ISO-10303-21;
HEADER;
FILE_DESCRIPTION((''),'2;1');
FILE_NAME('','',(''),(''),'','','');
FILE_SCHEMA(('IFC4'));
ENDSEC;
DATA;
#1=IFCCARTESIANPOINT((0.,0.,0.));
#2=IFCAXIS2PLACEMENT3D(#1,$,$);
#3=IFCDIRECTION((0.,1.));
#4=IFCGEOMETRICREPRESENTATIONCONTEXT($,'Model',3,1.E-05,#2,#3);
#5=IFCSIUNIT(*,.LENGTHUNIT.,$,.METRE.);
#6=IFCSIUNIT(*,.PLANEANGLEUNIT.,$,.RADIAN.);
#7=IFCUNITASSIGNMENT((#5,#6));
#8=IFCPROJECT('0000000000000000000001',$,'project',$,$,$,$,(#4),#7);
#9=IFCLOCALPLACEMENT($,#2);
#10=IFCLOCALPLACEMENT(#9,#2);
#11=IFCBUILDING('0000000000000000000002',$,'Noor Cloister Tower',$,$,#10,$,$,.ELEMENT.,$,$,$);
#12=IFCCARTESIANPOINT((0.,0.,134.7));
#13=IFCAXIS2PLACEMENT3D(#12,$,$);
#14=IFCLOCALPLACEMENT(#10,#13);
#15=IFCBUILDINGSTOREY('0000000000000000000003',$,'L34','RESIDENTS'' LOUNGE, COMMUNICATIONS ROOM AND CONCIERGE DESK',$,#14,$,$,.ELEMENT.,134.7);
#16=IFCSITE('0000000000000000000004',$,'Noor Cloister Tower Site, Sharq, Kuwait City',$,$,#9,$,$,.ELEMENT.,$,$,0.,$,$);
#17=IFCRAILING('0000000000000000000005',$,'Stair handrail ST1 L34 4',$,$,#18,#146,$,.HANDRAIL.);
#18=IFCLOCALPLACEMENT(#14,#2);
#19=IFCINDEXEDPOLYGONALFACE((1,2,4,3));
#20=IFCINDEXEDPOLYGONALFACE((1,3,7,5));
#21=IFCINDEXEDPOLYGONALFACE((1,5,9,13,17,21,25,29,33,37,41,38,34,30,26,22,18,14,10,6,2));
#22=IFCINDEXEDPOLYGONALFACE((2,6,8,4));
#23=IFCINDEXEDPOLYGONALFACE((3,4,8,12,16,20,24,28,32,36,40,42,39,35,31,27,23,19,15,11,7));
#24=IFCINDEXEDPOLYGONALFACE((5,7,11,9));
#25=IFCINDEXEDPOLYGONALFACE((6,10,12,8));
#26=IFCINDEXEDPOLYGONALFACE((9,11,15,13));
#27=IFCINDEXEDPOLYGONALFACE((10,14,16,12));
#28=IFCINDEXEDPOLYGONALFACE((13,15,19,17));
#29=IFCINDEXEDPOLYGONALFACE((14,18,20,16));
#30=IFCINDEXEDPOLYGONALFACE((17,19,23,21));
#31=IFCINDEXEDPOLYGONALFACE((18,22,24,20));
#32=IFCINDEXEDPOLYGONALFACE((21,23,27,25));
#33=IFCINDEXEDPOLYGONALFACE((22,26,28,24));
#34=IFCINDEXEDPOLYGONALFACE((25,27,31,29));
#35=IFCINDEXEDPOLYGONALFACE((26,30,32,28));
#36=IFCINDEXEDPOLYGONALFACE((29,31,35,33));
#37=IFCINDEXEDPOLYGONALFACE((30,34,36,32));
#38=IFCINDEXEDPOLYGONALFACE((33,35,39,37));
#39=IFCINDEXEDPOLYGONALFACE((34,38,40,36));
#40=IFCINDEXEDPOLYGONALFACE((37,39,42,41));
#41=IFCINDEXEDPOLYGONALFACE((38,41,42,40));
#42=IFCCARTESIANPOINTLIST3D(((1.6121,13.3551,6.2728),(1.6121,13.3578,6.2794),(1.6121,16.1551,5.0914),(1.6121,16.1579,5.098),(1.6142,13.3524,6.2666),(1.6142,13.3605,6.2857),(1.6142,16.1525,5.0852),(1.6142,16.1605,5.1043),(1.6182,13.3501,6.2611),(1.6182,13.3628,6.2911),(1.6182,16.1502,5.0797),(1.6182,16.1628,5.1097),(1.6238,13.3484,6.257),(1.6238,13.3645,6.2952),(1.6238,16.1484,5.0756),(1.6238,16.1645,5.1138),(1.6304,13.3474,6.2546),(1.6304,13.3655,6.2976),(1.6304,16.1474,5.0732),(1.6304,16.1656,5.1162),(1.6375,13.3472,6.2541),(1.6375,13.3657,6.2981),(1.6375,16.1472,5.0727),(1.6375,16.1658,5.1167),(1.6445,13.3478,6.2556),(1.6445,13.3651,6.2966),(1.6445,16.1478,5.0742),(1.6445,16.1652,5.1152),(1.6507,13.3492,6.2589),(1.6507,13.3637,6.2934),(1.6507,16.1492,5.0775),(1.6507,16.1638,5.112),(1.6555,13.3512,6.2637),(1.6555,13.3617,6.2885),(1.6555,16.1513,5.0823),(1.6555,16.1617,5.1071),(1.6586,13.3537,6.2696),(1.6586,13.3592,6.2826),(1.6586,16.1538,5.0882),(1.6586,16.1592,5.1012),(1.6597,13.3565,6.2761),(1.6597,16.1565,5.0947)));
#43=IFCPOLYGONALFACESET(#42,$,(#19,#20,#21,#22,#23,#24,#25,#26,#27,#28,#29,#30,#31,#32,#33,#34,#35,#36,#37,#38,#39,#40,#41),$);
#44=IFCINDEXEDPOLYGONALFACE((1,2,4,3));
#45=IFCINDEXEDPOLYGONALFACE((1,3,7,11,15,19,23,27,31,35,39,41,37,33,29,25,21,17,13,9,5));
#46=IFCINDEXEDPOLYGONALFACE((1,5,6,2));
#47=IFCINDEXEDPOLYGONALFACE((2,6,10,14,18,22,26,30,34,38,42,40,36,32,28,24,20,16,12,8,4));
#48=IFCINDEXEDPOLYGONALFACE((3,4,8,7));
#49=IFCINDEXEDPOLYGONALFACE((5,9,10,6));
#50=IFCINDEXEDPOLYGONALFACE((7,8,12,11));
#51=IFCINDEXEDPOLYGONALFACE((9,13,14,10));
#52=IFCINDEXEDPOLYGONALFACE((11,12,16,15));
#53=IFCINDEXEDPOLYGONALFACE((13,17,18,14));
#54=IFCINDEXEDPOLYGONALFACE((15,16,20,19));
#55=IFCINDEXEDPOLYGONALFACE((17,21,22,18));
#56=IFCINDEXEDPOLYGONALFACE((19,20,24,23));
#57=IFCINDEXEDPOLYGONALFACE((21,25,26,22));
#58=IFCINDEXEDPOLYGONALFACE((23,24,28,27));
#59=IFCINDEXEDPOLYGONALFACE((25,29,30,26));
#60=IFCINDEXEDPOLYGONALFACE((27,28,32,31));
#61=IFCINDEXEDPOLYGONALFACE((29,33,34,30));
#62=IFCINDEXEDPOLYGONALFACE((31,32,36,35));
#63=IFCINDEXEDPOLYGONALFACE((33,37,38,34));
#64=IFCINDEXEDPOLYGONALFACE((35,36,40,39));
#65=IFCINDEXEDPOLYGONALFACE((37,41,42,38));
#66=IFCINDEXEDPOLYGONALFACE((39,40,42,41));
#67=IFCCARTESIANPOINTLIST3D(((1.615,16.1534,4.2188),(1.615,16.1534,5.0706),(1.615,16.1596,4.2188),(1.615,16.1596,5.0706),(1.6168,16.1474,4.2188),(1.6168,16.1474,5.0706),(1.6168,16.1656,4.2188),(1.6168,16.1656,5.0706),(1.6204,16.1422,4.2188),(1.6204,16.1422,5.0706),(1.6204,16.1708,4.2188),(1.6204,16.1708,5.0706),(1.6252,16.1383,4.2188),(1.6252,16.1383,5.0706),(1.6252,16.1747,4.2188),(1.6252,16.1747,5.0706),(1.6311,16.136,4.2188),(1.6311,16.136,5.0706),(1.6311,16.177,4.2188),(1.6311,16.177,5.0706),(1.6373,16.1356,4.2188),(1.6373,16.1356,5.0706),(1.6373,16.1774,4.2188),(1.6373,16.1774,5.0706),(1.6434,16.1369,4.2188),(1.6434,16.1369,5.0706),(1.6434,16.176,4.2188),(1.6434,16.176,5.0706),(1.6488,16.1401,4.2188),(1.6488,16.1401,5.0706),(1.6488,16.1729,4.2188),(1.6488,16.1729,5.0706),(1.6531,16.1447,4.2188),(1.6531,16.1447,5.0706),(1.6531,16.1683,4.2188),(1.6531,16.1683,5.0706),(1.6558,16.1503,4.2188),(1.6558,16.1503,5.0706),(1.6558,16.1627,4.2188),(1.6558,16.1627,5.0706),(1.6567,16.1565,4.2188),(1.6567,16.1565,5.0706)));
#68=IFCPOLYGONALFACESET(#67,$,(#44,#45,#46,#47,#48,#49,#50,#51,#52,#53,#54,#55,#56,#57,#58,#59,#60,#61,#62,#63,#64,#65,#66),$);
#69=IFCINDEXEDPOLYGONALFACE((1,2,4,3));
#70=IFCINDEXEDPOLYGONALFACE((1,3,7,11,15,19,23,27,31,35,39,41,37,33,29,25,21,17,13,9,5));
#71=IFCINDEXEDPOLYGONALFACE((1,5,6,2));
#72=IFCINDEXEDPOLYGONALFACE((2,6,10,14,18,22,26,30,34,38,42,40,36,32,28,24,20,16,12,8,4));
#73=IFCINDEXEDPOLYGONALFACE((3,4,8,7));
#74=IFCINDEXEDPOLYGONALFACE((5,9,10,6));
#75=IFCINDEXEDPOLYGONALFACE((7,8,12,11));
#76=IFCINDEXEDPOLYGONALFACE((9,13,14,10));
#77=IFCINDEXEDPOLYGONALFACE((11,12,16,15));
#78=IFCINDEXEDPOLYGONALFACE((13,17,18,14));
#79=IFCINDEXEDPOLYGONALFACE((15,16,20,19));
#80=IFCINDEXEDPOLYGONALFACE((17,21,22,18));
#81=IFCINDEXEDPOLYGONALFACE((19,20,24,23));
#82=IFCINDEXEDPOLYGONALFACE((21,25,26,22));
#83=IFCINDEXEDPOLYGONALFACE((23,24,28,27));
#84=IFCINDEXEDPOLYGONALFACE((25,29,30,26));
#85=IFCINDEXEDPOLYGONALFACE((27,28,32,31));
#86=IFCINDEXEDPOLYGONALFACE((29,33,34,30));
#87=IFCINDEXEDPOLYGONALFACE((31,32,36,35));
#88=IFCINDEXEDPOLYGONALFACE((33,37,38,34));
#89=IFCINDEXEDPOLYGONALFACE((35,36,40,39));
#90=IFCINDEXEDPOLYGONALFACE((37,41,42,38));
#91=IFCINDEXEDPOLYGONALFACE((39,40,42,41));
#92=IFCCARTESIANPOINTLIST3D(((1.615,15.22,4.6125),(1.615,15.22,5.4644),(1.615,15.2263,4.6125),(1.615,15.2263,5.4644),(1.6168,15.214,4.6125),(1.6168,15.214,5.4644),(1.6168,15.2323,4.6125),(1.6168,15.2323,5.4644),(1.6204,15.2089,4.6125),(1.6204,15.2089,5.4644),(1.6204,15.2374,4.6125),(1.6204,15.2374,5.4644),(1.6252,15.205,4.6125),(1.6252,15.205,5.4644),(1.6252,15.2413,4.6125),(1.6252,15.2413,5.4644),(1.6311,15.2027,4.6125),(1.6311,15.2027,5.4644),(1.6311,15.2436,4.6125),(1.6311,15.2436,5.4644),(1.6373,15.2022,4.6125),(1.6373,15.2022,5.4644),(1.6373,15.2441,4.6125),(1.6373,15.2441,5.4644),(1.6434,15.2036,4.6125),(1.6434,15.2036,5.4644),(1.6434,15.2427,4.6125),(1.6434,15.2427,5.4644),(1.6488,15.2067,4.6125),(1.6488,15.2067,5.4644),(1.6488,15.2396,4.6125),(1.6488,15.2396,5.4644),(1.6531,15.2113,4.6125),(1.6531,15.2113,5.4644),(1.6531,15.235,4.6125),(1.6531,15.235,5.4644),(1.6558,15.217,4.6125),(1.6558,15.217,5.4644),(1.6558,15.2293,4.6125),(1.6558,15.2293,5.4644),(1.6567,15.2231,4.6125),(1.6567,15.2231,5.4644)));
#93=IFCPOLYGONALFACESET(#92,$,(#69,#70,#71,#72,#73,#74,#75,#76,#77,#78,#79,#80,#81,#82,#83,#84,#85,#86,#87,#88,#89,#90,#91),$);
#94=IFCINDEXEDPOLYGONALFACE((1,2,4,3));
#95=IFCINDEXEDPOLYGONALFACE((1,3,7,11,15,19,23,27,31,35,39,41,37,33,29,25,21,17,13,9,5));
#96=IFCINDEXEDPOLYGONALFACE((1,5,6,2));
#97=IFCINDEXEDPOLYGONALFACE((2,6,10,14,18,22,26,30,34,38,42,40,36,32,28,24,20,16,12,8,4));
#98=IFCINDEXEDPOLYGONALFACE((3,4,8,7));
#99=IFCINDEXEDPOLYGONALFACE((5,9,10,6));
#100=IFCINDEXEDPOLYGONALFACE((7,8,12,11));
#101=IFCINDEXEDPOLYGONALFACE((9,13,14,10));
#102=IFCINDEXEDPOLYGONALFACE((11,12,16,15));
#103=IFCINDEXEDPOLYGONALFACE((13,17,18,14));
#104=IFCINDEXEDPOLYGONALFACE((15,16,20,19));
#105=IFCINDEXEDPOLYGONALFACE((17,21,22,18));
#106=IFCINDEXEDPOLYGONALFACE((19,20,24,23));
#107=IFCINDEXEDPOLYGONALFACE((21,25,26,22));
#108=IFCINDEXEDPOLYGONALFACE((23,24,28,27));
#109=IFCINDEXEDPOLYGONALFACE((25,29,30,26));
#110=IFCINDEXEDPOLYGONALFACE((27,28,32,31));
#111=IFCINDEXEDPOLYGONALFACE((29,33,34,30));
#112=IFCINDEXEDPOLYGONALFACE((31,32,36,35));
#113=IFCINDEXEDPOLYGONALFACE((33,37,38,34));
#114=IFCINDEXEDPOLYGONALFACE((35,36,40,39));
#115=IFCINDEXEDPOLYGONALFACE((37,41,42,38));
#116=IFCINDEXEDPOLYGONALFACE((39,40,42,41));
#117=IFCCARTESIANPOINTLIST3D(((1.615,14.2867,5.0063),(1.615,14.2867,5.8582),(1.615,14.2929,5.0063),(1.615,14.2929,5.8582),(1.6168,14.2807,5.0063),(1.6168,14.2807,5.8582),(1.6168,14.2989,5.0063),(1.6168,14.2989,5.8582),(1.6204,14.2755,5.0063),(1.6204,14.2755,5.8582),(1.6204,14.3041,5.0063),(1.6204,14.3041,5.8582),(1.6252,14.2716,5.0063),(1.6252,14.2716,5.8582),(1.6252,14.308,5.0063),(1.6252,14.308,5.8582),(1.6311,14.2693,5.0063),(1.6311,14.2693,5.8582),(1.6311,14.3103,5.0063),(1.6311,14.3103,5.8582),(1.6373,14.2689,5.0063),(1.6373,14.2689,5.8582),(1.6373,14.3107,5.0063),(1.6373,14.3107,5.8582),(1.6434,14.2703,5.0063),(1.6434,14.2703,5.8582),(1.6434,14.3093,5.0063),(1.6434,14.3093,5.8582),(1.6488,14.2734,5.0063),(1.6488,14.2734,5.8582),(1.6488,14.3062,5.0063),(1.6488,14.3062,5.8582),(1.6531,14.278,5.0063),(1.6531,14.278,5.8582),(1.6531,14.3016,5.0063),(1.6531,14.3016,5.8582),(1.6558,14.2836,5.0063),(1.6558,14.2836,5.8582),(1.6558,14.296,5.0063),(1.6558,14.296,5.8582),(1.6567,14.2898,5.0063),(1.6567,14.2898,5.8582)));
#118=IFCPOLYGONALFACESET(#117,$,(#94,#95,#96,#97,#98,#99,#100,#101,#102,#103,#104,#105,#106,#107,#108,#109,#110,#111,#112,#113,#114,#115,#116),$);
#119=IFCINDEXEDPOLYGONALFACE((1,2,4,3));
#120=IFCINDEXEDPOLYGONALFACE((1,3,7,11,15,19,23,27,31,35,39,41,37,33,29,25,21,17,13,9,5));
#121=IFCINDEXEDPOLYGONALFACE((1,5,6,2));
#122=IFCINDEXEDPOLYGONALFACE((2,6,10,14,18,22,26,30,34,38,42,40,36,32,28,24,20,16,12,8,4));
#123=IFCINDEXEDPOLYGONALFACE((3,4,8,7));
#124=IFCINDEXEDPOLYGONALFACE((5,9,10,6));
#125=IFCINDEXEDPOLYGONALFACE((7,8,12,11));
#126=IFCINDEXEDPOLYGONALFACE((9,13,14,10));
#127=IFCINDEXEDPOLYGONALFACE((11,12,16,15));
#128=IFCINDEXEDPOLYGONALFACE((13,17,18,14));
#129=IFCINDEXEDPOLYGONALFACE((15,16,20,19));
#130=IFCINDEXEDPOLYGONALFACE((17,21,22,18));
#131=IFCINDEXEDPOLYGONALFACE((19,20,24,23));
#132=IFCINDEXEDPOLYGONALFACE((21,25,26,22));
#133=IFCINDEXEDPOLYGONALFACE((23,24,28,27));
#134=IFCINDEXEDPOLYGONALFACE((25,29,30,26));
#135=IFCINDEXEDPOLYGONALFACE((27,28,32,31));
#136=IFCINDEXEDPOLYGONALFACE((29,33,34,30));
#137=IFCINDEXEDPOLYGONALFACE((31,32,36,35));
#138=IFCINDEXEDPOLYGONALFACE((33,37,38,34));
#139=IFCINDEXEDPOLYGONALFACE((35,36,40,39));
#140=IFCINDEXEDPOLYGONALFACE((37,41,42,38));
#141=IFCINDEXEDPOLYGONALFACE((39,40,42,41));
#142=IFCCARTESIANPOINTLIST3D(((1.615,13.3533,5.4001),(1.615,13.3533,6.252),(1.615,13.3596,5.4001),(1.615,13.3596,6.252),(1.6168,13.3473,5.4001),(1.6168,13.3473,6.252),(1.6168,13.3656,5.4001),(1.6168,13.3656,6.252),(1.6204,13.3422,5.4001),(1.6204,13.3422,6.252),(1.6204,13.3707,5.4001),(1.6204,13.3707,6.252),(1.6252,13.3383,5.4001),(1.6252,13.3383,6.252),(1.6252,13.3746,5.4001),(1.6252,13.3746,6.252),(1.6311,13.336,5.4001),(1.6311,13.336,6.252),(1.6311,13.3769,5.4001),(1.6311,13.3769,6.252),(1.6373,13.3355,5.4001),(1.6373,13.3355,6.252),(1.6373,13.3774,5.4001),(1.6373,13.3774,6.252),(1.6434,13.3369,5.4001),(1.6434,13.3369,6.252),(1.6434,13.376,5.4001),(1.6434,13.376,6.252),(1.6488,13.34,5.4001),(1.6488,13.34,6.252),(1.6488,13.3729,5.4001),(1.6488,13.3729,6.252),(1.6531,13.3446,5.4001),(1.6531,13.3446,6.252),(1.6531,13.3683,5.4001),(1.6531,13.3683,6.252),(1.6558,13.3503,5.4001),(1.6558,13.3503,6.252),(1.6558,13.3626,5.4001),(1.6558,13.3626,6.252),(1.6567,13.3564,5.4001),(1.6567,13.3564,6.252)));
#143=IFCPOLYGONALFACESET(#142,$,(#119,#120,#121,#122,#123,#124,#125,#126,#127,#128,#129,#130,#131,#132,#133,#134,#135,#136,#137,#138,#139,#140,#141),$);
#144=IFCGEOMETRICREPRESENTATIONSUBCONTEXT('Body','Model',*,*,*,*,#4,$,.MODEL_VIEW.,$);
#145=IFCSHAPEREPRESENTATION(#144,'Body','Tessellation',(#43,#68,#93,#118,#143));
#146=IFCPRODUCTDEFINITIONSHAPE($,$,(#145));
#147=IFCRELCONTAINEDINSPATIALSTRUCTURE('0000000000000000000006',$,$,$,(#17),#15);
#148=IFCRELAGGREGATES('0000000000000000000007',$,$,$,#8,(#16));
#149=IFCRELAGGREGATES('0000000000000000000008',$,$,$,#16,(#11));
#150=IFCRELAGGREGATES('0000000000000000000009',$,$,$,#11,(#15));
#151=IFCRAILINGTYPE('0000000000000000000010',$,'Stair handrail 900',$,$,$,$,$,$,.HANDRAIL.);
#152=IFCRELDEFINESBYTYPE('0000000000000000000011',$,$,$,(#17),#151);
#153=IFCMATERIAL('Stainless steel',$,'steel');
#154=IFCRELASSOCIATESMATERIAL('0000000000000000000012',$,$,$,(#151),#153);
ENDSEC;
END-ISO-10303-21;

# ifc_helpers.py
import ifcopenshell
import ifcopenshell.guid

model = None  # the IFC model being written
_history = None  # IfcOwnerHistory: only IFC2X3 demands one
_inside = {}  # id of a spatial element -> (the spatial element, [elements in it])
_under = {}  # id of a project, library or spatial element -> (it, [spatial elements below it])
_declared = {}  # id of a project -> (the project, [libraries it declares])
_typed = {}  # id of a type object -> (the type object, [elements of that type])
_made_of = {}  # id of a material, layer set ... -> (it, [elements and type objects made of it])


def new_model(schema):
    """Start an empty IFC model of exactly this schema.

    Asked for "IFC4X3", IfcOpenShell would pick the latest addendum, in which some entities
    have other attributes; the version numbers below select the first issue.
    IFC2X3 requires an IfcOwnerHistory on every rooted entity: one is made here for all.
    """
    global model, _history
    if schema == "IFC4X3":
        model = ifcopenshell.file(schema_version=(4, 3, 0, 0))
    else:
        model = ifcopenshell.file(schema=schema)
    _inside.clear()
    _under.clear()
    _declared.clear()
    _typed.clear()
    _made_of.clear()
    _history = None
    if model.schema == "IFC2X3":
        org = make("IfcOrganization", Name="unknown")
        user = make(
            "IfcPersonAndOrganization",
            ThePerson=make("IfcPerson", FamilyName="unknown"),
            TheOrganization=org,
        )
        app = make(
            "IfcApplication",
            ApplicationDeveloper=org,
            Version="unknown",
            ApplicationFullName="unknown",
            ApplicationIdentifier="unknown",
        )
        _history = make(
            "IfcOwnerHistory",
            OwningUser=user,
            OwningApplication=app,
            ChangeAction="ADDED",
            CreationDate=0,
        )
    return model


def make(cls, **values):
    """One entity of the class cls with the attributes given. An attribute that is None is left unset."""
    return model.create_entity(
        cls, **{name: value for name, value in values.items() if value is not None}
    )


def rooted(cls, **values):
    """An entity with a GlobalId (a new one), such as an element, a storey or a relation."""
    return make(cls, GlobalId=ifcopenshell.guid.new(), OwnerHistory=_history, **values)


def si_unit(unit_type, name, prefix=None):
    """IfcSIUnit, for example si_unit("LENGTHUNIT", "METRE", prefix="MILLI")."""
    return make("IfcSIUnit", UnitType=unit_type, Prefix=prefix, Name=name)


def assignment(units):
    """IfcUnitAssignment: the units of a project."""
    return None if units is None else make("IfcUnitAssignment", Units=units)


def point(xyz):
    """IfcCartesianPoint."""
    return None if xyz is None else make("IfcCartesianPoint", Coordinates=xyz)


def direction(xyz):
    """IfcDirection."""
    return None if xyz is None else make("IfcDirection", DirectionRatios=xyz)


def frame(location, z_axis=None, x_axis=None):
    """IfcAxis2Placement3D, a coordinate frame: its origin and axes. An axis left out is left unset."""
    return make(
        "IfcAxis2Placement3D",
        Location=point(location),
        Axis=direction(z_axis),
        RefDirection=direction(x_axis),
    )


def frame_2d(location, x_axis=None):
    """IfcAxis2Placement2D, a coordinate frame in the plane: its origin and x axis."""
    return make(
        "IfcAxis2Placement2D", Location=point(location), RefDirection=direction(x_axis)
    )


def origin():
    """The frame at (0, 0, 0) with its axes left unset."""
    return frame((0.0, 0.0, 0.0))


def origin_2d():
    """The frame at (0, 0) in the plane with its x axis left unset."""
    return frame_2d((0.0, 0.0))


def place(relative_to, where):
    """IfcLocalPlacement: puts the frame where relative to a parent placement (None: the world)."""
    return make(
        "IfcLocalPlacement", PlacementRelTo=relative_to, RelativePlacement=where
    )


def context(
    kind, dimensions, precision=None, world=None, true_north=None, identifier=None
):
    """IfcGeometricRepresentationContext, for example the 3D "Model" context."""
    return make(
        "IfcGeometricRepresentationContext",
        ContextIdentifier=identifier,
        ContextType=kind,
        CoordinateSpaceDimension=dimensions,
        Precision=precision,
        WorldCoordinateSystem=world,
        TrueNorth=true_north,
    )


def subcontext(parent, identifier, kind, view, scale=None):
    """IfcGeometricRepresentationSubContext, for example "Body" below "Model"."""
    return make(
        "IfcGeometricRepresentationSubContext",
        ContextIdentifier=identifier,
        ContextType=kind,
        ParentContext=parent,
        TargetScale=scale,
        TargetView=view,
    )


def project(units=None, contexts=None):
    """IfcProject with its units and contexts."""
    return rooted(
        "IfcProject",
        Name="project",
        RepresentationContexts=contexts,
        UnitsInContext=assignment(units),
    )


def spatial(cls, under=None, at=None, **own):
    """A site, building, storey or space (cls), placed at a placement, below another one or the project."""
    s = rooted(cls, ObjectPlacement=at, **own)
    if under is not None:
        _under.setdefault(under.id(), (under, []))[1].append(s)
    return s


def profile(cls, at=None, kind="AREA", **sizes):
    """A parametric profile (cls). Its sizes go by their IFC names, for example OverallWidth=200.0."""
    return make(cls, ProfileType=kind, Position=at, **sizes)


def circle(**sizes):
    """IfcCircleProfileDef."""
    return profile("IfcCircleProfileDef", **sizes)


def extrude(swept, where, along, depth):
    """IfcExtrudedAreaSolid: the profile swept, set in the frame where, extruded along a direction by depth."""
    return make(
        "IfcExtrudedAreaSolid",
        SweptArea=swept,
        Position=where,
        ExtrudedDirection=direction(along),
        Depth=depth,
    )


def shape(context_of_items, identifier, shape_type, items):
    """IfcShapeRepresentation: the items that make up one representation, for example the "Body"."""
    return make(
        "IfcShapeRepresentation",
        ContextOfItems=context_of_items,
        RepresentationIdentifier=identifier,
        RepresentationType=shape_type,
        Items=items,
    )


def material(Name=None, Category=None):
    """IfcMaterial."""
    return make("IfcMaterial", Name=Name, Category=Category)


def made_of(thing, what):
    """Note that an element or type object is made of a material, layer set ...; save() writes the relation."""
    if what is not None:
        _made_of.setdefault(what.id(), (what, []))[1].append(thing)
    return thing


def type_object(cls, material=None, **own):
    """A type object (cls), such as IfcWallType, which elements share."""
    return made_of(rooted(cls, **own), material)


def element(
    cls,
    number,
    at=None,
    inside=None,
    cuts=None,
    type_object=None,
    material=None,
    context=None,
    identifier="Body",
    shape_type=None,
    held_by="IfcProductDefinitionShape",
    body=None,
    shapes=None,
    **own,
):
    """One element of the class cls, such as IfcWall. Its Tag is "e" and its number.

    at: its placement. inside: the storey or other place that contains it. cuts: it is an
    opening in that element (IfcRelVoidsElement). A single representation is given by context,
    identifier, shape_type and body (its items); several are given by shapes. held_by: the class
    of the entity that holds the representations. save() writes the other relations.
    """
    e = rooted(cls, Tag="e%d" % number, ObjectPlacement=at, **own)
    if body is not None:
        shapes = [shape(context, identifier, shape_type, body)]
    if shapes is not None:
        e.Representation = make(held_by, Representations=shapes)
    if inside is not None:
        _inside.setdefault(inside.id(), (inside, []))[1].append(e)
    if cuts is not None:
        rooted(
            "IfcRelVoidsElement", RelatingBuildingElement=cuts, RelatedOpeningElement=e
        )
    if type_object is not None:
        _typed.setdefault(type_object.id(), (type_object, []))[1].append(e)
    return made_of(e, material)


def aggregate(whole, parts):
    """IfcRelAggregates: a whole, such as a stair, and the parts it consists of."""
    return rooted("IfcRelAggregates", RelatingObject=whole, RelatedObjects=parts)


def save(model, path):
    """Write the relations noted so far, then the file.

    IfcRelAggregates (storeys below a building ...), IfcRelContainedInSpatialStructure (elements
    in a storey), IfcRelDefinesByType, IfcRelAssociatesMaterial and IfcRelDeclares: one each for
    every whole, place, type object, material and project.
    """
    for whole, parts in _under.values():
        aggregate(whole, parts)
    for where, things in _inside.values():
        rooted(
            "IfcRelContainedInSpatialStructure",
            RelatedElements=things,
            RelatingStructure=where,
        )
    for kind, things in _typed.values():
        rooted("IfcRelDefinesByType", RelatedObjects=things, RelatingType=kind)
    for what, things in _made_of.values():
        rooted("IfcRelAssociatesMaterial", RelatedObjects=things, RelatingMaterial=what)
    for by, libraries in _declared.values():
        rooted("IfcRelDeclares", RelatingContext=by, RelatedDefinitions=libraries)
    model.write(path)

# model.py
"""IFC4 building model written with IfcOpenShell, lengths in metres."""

from ifc_helpers import new_model, si_unit, direction, frame, origin, origin_2d, place, context, subcontext, project, spatial, circle, extrude, material, type_object, element, save


model = new_model("IFC4")

# Units and contexts
model_context = context("Model", 3, precision=1e-05, world=origin(), true_north=direction((0.0, 1.0)))
body_context = subcontext(model_context, "Body", "Model", "MODEL_VIEW")
ifc_project = project(units=[si_unit("LENGTHUNIT", "METRE"), si_unit("PLANEANGLEUNIT", "RADIAN")], contexts=[model_context])

# Site, building, storey
site_placement = place(None, origin())
site = spatial("IfcSite", under=ifc_project, at=site_placement, Name="Noor Cloister Tower Site, Sharq, Kuwait City", CompositionType="ELEMENT", RefElevation=0.0)
building_placement = place(site_placement, origin())
building = spatial("IfcBuilding", under=site, at=building_placement, Name="Noor Cloister Tower", CompositionType="ELEMENT")
storey_placement = place(building_placement, frame((0.0, 0.0, 134.7)))
storey = spatial("IfcBuildingStorey", under=building, at=storey_placement, Name="L34", Description="RESIDENTS' LOUNGE, COMMUNICATIONS ROOM AND CONCIERGE DESK", CompositionType="ELEMENT", Elevation=134.7)

# Railing
ifc_material_1 = material(Name="Stainless steel", Category="steel")
railing_type_1 = type_object("IfcRailingType", Name="Stair handrail 900", PredefinedType="HANDRAIL", material=ifc_material_1)
railing_1_placement = place(storey_placement, frame((1.6357, 16.1565, 4.2188)))
element("IfcRailing", 1, at=railing_1_placement, inside=storey, type_object=railing_type_1, Name="Stair handrail ST1 L34 4", PredefinedType="HANDRAIL", context=body_context, shape_type="SweptSolid", body=[
    extrude(circle(Radius=0.0239, at=origin_2d()), frame((0.0, 0.0, 0.876), z_axis=(0.0, -0.921349, 0.388736), x_axis=(1.0, 0.0, 0.0)), (0.0, 0.0, 1.0), 3.0391),
    extrude(circle(Radius=0.021, at=origin_2d()), origin(), (0.0, 0.0, 1.0), 0.8518),
    extrude(circle(Radius=0.021, at=origin_2d()), frame((0.0, -0.9333, 0.3938)), (0.0, 0.0, 1.0), 0.8518),
    extrude(circle(Radius=0.021, at=origin_2d()), frame((0.0, -1.8667, 0.7876)), (0.0, 0.0, 1.0), 0.8518),
    extrude(circle(Radius=0.021, at=origin_2d()), frame((0.0, -2.8, 1.1814)), (0.0, 0.0, 1.0), 0.8518),
])

save(model, "model.ifc")
